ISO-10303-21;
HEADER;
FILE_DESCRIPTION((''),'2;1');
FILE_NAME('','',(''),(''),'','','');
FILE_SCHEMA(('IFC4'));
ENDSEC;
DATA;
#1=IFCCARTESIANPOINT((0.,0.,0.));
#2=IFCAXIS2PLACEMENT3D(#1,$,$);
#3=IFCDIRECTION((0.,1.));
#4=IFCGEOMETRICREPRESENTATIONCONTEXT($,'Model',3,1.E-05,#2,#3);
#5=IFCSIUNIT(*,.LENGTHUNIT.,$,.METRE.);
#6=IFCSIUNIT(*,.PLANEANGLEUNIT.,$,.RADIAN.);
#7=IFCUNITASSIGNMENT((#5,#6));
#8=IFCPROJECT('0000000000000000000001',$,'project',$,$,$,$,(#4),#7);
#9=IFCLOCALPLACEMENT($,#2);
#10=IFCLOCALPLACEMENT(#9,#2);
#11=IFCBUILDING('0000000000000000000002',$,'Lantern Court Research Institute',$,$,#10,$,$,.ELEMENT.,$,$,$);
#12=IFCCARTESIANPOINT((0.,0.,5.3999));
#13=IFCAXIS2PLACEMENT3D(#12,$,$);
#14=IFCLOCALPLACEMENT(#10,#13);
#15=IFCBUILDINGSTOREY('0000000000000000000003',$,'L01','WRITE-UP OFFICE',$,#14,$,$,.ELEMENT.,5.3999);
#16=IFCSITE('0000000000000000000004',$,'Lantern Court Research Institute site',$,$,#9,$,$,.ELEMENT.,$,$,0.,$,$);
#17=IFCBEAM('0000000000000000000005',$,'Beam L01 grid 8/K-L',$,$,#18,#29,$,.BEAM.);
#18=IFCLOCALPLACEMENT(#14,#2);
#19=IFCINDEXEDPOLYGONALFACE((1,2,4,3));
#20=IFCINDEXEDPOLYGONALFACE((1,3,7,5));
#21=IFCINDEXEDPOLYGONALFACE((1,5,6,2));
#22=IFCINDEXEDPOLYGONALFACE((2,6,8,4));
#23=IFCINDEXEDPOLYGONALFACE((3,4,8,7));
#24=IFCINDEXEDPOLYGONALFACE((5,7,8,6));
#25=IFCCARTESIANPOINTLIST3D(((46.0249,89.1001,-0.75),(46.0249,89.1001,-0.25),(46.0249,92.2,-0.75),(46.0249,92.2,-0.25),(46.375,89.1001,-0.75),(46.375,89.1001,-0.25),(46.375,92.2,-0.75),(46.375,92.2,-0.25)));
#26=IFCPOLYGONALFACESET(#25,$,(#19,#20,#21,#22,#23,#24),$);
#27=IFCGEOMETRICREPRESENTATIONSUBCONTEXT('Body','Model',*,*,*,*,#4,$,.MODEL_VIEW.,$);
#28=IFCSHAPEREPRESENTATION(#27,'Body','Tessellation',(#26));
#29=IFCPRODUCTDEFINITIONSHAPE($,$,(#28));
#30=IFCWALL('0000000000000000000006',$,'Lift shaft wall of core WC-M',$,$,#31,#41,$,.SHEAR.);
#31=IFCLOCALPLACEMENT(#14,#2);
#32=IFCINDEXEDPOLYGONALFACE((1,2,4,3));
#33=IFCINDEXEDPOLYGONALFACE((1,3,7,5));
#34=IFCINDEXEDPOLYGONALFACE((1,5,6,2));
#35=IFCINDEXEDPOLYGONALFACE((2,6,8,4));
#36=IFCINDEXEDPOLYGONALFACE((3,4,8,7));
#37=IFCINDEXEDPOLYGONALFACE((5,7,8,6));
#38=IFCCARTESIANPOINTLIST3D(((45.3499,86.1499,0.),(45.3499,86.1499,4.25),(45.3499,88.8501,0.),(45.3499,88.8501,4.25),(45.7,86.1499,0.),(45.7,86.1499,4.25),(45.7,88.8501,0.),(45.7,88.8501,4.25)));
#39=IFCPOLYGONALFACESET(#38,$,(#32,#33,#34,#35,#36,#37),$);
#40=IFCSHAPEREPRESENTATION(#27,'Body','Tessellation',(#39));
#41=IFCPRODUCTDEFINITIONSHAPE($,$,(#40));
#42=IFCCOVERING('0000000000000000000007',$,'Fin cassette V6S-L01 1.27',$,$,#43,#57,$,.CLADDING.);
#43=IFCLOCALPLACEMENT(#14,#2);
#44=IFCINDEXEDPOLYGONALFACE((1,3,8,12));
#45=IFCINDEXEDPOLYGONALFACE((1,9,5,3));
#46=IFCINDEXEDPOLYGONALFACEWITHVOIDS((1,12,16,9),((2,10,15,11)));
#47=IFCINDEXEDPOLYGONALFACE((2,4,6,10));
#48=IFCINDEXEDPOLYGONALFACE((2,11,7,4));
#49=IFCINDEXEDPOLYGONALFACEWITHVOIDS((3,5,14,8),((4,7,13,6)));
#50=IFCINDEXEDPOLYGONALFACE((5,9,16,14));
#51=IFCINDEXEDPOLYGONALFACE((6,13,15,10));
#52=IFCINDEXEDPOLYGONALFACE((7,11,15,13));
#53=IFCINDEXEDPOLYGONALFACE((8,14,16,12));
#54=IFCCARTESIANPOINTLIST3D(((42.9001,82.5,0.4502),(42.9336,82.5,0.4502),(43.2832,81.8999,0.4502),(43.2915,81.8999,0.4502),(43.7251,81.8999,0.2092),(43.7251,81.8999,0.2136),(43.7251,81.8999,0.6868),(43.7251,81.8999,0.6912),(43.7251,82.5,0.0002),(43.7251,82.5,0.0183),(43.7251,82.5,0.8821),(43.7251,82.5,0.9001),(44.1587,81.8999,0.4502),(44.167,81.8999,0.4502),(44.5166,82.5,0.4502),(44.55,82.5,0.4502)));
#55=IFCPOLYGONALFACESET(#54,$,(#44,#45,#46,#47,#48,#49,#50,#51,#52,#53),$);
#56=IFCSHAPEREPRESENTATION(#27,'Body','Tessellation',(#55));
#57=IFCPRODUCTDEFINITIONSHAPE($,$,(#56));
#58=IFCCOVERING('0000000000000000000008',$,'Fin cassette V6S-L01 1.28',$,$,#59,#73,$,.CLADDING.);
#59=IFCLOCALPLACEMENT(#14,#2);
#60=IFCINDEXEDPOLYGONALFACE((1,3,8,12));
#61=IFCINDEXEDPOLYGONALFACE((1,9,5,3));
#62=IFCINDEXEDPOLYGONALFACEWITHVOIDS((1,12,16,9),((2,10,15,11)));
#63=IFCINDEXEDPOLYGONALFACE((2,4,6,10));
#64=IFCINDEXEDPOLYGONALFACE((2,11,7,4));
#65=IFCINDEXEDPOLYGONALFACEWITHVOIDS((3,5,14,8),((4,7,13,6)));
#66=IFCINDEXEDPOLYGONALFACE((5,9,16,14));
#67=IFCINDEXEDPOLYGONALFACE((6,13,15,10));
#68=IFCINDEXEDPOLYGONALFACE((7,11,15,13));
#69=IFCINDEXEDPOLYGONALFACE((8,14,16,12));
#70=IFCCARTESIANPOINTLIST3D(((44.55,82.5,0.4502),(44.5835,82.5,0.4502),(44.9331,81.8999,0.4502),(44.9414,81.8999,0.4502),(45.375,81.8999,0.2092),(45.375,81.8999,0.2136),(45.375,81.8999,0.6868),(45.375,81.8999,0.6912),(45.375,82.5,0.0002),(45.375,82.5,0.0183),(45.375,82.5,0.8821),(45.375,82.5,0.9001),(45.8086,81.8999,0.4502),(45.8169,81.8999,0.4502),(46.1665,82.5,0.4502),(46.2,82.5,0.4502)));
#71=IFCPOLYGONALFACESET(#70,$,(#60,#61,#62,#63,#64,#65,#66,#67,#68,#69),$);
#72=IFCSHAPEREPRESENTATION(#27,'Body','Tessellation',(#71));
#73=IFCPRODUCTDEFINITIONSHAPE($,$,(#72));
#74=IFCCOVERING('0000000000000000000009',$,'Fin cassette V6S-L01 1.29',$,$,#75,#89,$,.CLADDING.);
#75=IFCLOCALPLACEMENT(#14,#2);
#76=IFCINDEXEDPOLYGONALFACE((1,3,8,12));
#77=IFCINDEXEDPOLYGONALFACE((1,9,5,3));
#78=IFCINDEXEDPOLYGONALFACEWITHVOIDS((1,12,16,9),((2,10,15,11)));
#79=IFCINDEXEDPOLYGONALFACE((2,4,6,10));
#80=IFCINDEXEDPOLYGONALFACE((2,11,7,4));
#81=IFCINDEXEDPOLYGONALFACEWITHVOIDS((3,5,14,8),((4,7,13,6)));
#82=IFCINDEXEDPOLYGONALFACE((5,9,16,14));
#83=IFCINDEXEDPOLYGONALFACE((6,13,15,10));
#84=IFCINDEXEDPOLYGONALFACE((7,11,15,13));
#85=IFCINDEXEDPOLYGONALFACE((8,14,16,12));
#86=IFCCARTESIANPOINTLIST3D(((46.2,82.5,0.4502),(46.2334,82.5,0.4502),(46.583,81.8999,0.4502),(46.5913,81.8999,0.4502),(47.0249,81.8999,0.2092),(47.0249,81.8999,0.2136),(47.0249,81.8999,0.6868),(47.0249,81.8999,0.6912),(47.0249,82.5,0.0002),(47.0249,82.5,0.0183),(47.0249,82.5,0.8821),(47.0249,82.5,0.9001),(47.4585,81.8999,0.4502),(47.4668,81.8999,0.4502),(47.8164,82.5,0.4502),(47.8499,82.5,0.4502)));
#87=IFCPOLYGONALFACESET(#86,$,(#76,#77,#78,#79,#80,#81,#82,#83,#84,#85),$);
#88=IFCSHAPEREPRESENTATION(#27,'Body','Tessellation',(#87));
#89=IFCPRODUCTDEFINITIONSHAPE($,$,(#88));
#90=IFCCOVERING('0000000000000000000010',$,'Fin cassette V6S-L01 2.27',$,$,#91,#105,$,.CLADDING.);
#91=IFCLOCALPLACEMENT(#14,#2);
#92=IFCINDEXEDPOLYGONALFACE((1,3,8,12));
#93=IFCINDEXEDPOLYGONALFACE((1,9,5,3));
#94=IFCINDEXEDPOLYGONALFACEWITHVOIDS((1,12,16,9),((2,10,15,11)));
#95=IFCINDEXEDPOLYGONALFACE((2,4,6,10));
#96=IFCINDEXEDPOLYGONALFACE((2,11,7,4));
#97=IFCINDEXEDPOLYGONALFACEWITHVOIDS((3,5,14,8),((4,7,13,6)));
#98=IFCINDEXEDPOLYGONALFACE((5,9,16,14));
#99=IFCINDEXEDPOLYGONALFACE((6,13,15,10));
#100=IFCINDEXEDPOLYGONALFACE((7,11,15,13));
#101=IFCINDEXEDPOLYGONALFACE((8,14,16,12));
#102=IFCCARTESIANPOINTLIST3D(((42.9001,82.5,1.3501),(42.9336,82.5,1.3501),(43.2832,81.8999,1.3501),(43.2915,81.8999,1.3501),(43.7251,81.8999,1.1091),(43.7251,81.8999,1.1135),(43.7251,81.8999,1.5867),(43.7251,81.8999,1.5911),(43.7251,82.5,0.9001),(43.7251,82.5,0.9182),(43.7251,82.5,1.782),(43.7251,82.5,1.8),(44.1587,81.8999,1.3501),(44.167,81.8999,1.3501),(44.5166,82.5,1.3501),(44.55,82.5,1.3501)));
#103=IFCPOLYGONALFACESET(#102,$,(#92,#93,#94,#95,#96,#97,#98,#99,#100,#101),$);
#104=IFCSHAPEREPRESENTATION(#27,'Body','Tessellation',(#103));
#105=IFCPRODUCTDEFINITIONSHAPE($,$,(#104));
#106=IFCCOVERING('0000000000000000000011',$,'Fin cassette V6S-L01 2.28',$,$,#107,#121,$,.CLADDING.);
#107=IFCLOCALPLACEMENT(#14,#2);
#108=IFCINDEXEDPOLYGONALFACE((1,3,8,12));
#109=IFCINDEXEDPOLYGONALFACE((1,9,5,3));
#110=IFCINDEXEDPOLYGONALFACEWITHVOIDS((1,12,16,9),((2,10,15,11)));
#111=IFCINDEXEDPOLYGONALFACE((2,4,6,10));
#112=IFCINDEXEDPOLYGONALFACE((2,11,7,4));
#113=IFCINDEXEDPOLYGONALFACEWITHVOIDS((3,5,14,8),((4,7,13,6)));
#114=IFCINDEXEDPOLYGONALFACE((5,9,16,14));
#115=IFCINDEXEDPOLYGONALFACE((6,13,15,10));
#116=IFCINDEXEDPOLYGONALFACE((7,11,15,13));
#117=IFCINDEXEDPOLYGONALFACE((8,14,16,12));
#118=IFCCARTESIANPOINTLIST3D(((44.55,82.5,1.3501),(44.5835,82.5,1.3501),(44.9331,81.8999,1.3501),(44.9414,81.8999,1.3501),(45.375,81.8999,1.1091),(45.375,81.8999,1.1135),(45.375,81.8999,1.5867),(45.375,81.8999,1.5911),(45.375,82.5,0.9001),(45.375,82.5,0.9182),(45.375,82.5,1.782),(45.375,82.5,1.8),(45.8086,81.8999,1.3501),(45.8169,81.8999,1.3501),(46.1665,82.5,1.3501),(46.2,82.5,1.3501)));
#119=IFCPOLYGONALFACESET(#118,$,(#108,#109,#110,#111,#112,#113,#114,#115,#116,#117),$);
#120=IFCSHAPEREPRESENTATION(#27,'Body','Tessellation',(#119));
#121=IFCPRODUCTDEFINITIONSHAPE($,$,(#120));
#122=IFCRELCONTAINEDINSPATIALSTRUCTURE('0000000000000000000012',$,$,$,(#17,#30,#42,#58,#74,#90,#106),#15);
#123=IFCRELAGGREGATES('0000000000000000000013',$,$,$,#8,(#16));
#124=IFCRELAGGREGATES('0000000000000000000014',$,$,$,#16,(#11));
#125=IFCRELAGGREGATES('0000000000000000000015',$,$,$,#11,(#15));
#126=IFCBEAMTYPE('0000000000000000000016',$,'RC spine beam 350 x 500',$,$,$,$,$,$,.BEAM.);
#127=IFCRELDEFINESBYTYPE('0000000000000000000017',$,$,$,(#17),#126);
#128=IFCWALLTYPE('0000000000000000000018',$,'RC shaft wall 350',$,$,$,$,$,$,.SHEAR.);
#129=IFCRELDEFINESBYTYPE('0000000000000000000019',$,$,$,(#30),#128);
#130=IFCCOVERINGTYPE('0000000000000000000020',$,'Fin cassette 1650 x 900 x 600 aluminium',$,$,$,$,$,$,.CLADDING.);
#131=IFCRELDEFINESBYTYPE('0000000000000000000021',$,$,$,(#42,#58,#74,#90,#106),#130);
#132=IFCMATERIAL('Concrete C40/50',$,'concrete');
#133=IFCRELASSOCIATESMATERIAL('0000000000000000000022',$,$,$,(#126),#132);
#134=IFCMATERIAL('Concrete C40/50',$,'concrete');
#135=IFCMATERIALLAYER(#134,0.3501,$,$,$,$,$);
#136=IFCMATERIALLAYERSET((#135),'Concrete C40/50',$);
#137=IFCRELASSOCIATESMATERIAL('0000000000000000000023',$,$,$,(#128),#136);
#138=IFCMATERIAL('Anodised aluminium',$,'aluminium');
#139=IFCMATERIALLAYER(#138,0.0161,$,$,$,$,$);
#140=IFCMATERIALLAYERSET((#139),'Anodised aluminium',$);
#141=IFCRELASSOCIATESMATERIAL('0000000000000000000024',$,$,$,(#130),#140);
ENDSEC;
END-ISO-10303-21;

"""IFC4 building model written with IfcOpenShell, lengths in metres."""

from ifc_helpers import new_model, entity, si_unit, direction, frame, frame_2d, origin, origin_2d, place, context, subcontext, project, spatial, rectangle, extrude, material, layer, layer_set, material_profile, profile_set, type_object, element, save


model = new_model("IFC4")

# Units and contexts
model_context = context("Model", 3, precision=1e-05, world=origin(), true_north=direction((0.0, 1.0)))
body_context = subcontext(model_context, "Body", "Model", "MODEL_VIEW")
ifc_project = project(units=[si_unit("LENGTHUNIT", "METRE"), si_unit("PLANEANGLEUNIT", "RADIAN")], contexts=[model_context])

# Site, building, storey
site_placement = place(None, origin())
site = spatial("IfcSite", under=ifc_project, at=site_placement, Name="Lantern Court Research Institute site", CompositionType="ELEMENT", RefElevation=0.0)
building_placement = place(site_placement, origin())
building = spatial("IfcBuilding", under=site, at=building_placement, Name="Lantern Court Research Institute", CompositionType="ELEMENT")
storey_placement = place(building_placement, frame((0.0, 0.0, 5.3999)))
storey = spatial("IfcBuildingStorey", under=building, at=storey_placement, Name="L01", Description="WRITE-UP OFFICE", CompositionType="ELEMENT", Elevation=5.3999)

# Beam
ifc_material_1 = material(Name="Concrete C40/50", Category="concrete")
ifc_material_profile = material_profile(ifc_material_1, rectangle(XDim=0.3501, YDim=0.5, at=origin_2d()), Name="RC beam 350 x 500")
ifc_profile_set = profile_set([ifc_material_profile], Name="Concrete C40/50")
beam_type = type_object("IfcBeamType", Name="RC spine beam 350 x 500", PredefinedType="BEAM", material=ifc_profile_set)
beam_placement = place(storey_placement, frame((46.2, 89.1001, -0.5), z_axis=(0.0, 1.0, 0.0), x_axis=(-1.0, 0.0, 0.0)))
element("IfcBeam", 1, at=beam_placement, inside=storey, type_object=beam_type, Name="Beam L01 grid 8/K-L", PredefinedType="BEAM", context=body_context, shape_type="SweptSolid", body=[
    extrude(rectangle(XDim=0.3501, YDim=0.5, at=origin_2d()), origin(), (0.0, 0.0, 1.0), 3.0999),
])

# Wall
ifc_material_2 = material(Name="Concrete C40/50", Category="concrete")
ifc_layer_1 = layer(ifc_material_2, 0.3501)
ifc_layer_set_1 = layer_set([ifc_layer_1], Name="Concrete C40/50")
wall_type = type_object("IfcWallType", Name="RC shaft wall 350", PredefinedType="SHEAR", material=ifc_layer_set_1)
wall_placement = place(storey_placement, frame((45.5249, 88.8501, 0.0), z_axis=(0.0, 0.0, 1.0), x_axis=(0.0, -1.0, 0.0)))
element("IfcWall", 2, at=wall_placement, inside=storey, type_object=wall_type, Name="Lift shaft wall of core WC-M", PredefinedType="SHEAR", context=body_context, shape_type="SweptSolid", body=[
    extrude(rectangle(XDim=2.7002, YDim=0.3501, at=frame_2d((1.3501, 0.0))), origin(), (0.0, 0.0, 1.0), 4.25),
])

# Coverings
ifc_material_3 = material(Name="Anodised aluminium", Category="aluminium")
ifc_layer_2 = layer(ifc_material_3, 0.0161)
ifc_layer_set_2 = layer_set([ifc_layer_2], Name="Anodised aluminium")
covering_type = type_object("IfcCoveringType", Name="Fin cassette 1650 x 900 x 600 aluminium", PredefinedType="CLADDING", material=ifc_layer_set_2)
covering_1_placement = place(storey_placement, frame((43.7251, 82.5, 0.4502), z_axis=(0.0, -1.0, 0.0), x_axis=(1.0, 0.0, 0.0)))
cartesian_point_1 = entity("IfcCartesianPoint", [0.825, 0.0])
cartesian_point_2 = entity("IfcCartesianPoint", [0.7915, 0.0])
cartesian_point_3 = entity("IfcCartesianPoint", [0.4419, 0.0])
cartesian_point_4 = entity("IfcCartesianPoint", [0.4336, 0.0])
element("IfcCovering", 3, at=covering_1_placement, inside=storey, type_object=covering_type, Name="Fin cassette V6S-L01 1.27", PredefinedType="CLADDING", context=body_context, shape_type="SweptSolid", body=[
    entity("IfcExtrudedAreaSolidTapered", entity("IfcArbitraryProfileDefWithVoids", "AREA", None, entity("IfcPolyline", [cartesian_point_1, entity("IfcCartesianPoint", [0.0, 0.45]), entity("IfcCartesianPoint", [-0.825, 0.0]), entity("IfcCartesianPoint", [0.0, -0.45]), cartesian_point_1]), [entity("IfcPolyline", [cartesian_point_2, entity("IfcCartesianPoint", [0.0, 0.4319]), entity("IfcCartesianPoint", [-0.7915, 0.0]), entity("IfcCartesianPoint", [0.0, -0.4319]), cartesian_point_2])]), entity("IfcAxis2Placement3D", entity("IfcCartesianPoint", [0.0, 0.0, 0.0])), entity("IfcDirection", [0.0, 0.0, 1.0]), 0.6001, entity("IfcArbitraryProfileDefWithVoids", "AREA", None, entity("IfcPolyline", [cartesian_point_3, entity("IfcCartesianPoint", [0.0, 0.241]), entity("IfcCartesianPoint", [-0.4419, 0.0]), entity("IfcCartesianPoint", [0.0, -0.241]), cartesian_point_3]), [entity("IfcPolyline", [cartesian_point_4, entity("IfcCartesianPoint", [0.0, 0.2366]), entity("IfcCartesianPoint", [-0.4336, 0.0]), entity("IfcCartesianPoint", [0.0, -0.2366]), cartesian_point_4])])),
])
covering_2_placement = place(storey_placement, frame((45.375, 82.5, 0.4502), z_axis=(0.0, -1.0, 0.0), x_axis=(1.0, 0.0, 0.0)))
cartesian_point_5 = entity("IfcCartesianPoint", [0.825, 0.0])
cartesian_point_6 = entity("IfcCartesianPoint", [0.7915, 0.0])
cartesian_point_7 = entity("IfcCartesianPoint", [0.4419, 0.0])
cartesian_point_8 = entity("IfcCartesianPoint", [0.4336, 0.0])
element("IfcCovering", 4, at=covering_2_placement, inside=storey, type_object=covering_type, Name="Fin cassette V6S-L01 1.28", PredefinedType="CLADDING", context=body_context, shape_type="SweptSolid", body=[
    entity("IfcExtrudedAreaSolidTapered", entity("IfcArbitraryProfileDefWithVoids", "AREA", None, entity("IfcPolyline", [cartesian_point_5, entity("IfcCartesianPoint", [0.0, 0.45]), entity("IfcCartesianPoint", [-0.825, 0.0]), entity("IfcCartesianPoint", [0.0, -0.45]), cartesian_point_5]), [entity("IfcPolyline", [cartesian_point_6, entity("IfcCartesianPoint", [0.0, 0.4319]), entity("IfcCartesianPoint", [-0.7915, 0.0]), entity("IfcCartesianPoint", [0.0, -0.4319]), cartesian_point_6])]), entity("IfcAxis2Placement3D", entity("IfcCartesianPoint", [0.0, 0.0, 0.0])), entity("IfcDirection", [0.0, 0.0, 1.0]), 0.6001, entity("IfcArbitraryProfileDefWithVoids", "AREA", None, entity("IfcPolyline", [cartesian_point_7, entity("IfcCartesianPoint", [0.0, 0.241]), entity("IfcCartesianPoint", [-0.4419, 0.0]), entity("IfcCartesianPoint", [0.0, -0.241]), cartesian_point_7]), [entity("IfcPolyline", [cartesian_point_8, entity("IfcCartesianPoint", [0.0, 0.2366]), entity("IfcCartesianPoint", [-0.4336, 0.0]), entity("IfcCartesianPoint", [0.0, -0.2366]), cartesian_point_8])])),
])
covering_3_placement = place(storey_placement, frame((47.0249, 82.5, 0.4502), z_axis=(0.0, -1.0, 0.0), x_axis=(1.0, 0.0, 0.0)))
cartesian_point_9 = entity("IfcCartesianPoint", [0.825, 0.0])
cartesian_point_10 = entity("IfcCartesianPoint", [0.7915, 0.0])
cartesian_point_11 = entity("IfcCartesianPoint", [0.4419, 0.0])
cartesian_point_12 = entity("IfcCartesianPoint", [0.4336, 0.0])
element("IfcCovering", 5, at=covering_3_placement, inside=storey, type_object=covering_type, Name="Fin cassette V6S-L01 1.29", PredefinedType="CLADDING", context=body_context, shape_type="SweptSolid", body=[
    entity("IfcExtrudedAreaSolidTapered", entity("IfcArbitraryProfileDefWithVoids", "AREA", None, entity("IfcPolyline", [cartesian_point_9, entity("IfcCartesianPoint", [0.0, 0.45]), entity("IfcCartesianPoint", [-0.825, 0.0]), entity("IfcCartesianPoint", [0.0, -0.45]), cartesian_point_9]), [entity("IfcPolyline", [cartesian_point_10, entity("IfcCartesianPoint", [0.0, 0.4319]), entity("IfcCartesianPoint", [-0.7915, 0.0]), entity("IfcCartesianPoint", [0.0, -0.4319]), cartesian_point_10])]), entity("IfcAxis2Placement3D", entity("IfcCartesianPoint", [0.0, 0.0, 0.0])), entity("IfcDirection", [0.0, 0.0, 1.0]), 0.6001, entity("IfcArbitraryProfileDefWithVoids", "AREA", None, entity("IfcPolyline", [cartesian_point_11, entity("IfcCartesianPoint", [0.0, 0.241]), entity("IfcCartesianPoint", [-0.4419, 0.0]), entity("IfcCartesianPoint", [0.0, -0.241]), cartesian_point_11]), [entity("IfcPolyline", [cartesian_point_12, entity("IfcCartesianPoint", [0.0, 0.2366]), entity("IfcCartesianPoint", [-0.4336, 0.0]), entity("IfcCartesianPoint", [0.0, -0.2366]), cartesian_point_12])])),
])
covering_4_placement = place(storey_placement, frame((43.7251, 82.5, 1.3501), z_axis=(0.0, -1.0, 0.0), x_axis=(1.0, 0.0, 0.0)))
cartesian_point_13 = entity("IfcCartesianPoint", [0.825, 0.0])
cartesian_point_14 = entity("IfcCartesianPoint", [0.7915, 0.0])
cartesian_point_15 = entity("IfcCartesianPoint", [0.4419, 0.0])
cartesian_point_16 = entity("IfcCartesianPoint", [0.4336, 0.0])
element("IfcCovering", 6, at=covering_4_placement, inside=storey, type_object=covering_type, Name="Fin cassette V6S-L01 2.27", PredefinedType="CLADDING", context=body_context, shape_type="SweptSolid", body=[
    entity("IfcExtrudedAreaSolidTapered", entity("IfcArbitraryProfileDefWithVoids", "AREA", None, entity("IfcPolyline", [cartesian_point_13, entity("IfcCartesianPoint", [0.0, 0.45]), entity("IfcCartesianPoint", [-0.825, 0.0]), entity("IfcCartesianPoint", [0.0, -0.45]), cartesian_point_13]), [entity("IfcPolyline", [cartesian_point_14, entity("IfcCartesianPoint", [0.0, 0.4319]), entity("IfcCartesianPoint", [-0.7915, 0.0]), entity("IfcCartesianPoint", [0.0, -0.4319]), cartesian_point_14])]), entity("IfcAxis2Placement3D", entity("IfcCartesianPoint", [0.0, 0.0, 0.0])), entity("IfcDirection", [0.0, 0.0, 1.0]), 0.6001, entity("IfcArbitraryProfileDefWithVoids", "AREA", None, entity("IfcPolyline", [cartesian_point_15, entity("IfcCartesianPoint", [0.0, 0.241]), entity("IfcCartesianPoint", [-0.4419, 0.0]), entity("IfcCartesianPoint", [0.0, -0.241]), cartesian_point_15]), [entity("IfcPolyline", [cartesian_point_16, entity("IfcCartesianPoint", [0.0, 0.2366]), entity("IfcCartesianPoint", [-0.4336, 0.0]), entity("IfcCartesianPoint", [0.0, -0.2366]), cartesian_point_16])])),
])
covering_5_placement = place(storey_placement, frame((45.375, 82.5, 1.3501), z_axis=(0.0, -1.0, 0.0), x_axis=(1.0, 0.0, 0.0)))
cartesian_point_17 = entity("IfcCartesianPoint", [0.825, 0.0])
cartesian_point_18 = entity("IfcCartesianPoint", [0.7915, 0.0])
cartesian_point_19 = entity("IfcCartesianPoint", [0.4419, 0.0])
cartesian_point_20 = entity("IfcCartesianPoint", [0.4336, 0.0])
element("IfcCovering", 7, at=covering_5_placement, inside=storey, type_object=covering_type, Name="Fin cassette V6S-L01 2.28", PredefinedType="CLADDING", context=body_context, shape_type="SweptSolid", body=[
    entity("IfcExtrudedAreaSolidTapered", entity("IfcArbitraryProfileDefWithVoids", "AREA", None, entity("IfcPolyline", [cartesian_point_17, entity("IfcCartesianPoint", [0.0, 0.45]), entity("IfcCartesianPoint", [-0.825, 0.0]), entity("IfcCartesianPoint", [0.0, -0.45]), cartesian_point_17]), [entity("IfcPolyline", [cartesian_point_18, entity("IfcCartesianPoint", [0.0, 0.4319]), entity("IfcCartesianPoint", [-0.7915, 0.0]), entity("IfcCartesianPoint", [0.0, -0.4319]), cartesian_point_18])]), entity("IfcAxis2Placement3D", entity("IfcCartesianPoint", [0.0, 0.0, 0.0])), entity("IfcDirection", [0.0, 0.0, 1.0]), 0.6001, entity("IfcArbitraryProfileDefWithVoids", "AREA", None, entity("IfcPolyline", [cartesian_point_19, entity("IfcCartesianPoint", [0.0, 0.241]), entity("IfcCartesianPoint", [-0.4419, 0.0]), entity("IfcCartesianPoint", [0.0, -0.241]), cartesian_point_19]), [entity("IfcPolyline", [cartesian_point_20, entity("IfcCartesianPoint", [0.0, 0.2366]), entity("IfcCartesianPoint", [-0.4336, 0.0]), entity("IfcCartesianPoint", [0.0, -0.2366]), cartesian_point_20])])),
])

save(model, "model.ifc")
